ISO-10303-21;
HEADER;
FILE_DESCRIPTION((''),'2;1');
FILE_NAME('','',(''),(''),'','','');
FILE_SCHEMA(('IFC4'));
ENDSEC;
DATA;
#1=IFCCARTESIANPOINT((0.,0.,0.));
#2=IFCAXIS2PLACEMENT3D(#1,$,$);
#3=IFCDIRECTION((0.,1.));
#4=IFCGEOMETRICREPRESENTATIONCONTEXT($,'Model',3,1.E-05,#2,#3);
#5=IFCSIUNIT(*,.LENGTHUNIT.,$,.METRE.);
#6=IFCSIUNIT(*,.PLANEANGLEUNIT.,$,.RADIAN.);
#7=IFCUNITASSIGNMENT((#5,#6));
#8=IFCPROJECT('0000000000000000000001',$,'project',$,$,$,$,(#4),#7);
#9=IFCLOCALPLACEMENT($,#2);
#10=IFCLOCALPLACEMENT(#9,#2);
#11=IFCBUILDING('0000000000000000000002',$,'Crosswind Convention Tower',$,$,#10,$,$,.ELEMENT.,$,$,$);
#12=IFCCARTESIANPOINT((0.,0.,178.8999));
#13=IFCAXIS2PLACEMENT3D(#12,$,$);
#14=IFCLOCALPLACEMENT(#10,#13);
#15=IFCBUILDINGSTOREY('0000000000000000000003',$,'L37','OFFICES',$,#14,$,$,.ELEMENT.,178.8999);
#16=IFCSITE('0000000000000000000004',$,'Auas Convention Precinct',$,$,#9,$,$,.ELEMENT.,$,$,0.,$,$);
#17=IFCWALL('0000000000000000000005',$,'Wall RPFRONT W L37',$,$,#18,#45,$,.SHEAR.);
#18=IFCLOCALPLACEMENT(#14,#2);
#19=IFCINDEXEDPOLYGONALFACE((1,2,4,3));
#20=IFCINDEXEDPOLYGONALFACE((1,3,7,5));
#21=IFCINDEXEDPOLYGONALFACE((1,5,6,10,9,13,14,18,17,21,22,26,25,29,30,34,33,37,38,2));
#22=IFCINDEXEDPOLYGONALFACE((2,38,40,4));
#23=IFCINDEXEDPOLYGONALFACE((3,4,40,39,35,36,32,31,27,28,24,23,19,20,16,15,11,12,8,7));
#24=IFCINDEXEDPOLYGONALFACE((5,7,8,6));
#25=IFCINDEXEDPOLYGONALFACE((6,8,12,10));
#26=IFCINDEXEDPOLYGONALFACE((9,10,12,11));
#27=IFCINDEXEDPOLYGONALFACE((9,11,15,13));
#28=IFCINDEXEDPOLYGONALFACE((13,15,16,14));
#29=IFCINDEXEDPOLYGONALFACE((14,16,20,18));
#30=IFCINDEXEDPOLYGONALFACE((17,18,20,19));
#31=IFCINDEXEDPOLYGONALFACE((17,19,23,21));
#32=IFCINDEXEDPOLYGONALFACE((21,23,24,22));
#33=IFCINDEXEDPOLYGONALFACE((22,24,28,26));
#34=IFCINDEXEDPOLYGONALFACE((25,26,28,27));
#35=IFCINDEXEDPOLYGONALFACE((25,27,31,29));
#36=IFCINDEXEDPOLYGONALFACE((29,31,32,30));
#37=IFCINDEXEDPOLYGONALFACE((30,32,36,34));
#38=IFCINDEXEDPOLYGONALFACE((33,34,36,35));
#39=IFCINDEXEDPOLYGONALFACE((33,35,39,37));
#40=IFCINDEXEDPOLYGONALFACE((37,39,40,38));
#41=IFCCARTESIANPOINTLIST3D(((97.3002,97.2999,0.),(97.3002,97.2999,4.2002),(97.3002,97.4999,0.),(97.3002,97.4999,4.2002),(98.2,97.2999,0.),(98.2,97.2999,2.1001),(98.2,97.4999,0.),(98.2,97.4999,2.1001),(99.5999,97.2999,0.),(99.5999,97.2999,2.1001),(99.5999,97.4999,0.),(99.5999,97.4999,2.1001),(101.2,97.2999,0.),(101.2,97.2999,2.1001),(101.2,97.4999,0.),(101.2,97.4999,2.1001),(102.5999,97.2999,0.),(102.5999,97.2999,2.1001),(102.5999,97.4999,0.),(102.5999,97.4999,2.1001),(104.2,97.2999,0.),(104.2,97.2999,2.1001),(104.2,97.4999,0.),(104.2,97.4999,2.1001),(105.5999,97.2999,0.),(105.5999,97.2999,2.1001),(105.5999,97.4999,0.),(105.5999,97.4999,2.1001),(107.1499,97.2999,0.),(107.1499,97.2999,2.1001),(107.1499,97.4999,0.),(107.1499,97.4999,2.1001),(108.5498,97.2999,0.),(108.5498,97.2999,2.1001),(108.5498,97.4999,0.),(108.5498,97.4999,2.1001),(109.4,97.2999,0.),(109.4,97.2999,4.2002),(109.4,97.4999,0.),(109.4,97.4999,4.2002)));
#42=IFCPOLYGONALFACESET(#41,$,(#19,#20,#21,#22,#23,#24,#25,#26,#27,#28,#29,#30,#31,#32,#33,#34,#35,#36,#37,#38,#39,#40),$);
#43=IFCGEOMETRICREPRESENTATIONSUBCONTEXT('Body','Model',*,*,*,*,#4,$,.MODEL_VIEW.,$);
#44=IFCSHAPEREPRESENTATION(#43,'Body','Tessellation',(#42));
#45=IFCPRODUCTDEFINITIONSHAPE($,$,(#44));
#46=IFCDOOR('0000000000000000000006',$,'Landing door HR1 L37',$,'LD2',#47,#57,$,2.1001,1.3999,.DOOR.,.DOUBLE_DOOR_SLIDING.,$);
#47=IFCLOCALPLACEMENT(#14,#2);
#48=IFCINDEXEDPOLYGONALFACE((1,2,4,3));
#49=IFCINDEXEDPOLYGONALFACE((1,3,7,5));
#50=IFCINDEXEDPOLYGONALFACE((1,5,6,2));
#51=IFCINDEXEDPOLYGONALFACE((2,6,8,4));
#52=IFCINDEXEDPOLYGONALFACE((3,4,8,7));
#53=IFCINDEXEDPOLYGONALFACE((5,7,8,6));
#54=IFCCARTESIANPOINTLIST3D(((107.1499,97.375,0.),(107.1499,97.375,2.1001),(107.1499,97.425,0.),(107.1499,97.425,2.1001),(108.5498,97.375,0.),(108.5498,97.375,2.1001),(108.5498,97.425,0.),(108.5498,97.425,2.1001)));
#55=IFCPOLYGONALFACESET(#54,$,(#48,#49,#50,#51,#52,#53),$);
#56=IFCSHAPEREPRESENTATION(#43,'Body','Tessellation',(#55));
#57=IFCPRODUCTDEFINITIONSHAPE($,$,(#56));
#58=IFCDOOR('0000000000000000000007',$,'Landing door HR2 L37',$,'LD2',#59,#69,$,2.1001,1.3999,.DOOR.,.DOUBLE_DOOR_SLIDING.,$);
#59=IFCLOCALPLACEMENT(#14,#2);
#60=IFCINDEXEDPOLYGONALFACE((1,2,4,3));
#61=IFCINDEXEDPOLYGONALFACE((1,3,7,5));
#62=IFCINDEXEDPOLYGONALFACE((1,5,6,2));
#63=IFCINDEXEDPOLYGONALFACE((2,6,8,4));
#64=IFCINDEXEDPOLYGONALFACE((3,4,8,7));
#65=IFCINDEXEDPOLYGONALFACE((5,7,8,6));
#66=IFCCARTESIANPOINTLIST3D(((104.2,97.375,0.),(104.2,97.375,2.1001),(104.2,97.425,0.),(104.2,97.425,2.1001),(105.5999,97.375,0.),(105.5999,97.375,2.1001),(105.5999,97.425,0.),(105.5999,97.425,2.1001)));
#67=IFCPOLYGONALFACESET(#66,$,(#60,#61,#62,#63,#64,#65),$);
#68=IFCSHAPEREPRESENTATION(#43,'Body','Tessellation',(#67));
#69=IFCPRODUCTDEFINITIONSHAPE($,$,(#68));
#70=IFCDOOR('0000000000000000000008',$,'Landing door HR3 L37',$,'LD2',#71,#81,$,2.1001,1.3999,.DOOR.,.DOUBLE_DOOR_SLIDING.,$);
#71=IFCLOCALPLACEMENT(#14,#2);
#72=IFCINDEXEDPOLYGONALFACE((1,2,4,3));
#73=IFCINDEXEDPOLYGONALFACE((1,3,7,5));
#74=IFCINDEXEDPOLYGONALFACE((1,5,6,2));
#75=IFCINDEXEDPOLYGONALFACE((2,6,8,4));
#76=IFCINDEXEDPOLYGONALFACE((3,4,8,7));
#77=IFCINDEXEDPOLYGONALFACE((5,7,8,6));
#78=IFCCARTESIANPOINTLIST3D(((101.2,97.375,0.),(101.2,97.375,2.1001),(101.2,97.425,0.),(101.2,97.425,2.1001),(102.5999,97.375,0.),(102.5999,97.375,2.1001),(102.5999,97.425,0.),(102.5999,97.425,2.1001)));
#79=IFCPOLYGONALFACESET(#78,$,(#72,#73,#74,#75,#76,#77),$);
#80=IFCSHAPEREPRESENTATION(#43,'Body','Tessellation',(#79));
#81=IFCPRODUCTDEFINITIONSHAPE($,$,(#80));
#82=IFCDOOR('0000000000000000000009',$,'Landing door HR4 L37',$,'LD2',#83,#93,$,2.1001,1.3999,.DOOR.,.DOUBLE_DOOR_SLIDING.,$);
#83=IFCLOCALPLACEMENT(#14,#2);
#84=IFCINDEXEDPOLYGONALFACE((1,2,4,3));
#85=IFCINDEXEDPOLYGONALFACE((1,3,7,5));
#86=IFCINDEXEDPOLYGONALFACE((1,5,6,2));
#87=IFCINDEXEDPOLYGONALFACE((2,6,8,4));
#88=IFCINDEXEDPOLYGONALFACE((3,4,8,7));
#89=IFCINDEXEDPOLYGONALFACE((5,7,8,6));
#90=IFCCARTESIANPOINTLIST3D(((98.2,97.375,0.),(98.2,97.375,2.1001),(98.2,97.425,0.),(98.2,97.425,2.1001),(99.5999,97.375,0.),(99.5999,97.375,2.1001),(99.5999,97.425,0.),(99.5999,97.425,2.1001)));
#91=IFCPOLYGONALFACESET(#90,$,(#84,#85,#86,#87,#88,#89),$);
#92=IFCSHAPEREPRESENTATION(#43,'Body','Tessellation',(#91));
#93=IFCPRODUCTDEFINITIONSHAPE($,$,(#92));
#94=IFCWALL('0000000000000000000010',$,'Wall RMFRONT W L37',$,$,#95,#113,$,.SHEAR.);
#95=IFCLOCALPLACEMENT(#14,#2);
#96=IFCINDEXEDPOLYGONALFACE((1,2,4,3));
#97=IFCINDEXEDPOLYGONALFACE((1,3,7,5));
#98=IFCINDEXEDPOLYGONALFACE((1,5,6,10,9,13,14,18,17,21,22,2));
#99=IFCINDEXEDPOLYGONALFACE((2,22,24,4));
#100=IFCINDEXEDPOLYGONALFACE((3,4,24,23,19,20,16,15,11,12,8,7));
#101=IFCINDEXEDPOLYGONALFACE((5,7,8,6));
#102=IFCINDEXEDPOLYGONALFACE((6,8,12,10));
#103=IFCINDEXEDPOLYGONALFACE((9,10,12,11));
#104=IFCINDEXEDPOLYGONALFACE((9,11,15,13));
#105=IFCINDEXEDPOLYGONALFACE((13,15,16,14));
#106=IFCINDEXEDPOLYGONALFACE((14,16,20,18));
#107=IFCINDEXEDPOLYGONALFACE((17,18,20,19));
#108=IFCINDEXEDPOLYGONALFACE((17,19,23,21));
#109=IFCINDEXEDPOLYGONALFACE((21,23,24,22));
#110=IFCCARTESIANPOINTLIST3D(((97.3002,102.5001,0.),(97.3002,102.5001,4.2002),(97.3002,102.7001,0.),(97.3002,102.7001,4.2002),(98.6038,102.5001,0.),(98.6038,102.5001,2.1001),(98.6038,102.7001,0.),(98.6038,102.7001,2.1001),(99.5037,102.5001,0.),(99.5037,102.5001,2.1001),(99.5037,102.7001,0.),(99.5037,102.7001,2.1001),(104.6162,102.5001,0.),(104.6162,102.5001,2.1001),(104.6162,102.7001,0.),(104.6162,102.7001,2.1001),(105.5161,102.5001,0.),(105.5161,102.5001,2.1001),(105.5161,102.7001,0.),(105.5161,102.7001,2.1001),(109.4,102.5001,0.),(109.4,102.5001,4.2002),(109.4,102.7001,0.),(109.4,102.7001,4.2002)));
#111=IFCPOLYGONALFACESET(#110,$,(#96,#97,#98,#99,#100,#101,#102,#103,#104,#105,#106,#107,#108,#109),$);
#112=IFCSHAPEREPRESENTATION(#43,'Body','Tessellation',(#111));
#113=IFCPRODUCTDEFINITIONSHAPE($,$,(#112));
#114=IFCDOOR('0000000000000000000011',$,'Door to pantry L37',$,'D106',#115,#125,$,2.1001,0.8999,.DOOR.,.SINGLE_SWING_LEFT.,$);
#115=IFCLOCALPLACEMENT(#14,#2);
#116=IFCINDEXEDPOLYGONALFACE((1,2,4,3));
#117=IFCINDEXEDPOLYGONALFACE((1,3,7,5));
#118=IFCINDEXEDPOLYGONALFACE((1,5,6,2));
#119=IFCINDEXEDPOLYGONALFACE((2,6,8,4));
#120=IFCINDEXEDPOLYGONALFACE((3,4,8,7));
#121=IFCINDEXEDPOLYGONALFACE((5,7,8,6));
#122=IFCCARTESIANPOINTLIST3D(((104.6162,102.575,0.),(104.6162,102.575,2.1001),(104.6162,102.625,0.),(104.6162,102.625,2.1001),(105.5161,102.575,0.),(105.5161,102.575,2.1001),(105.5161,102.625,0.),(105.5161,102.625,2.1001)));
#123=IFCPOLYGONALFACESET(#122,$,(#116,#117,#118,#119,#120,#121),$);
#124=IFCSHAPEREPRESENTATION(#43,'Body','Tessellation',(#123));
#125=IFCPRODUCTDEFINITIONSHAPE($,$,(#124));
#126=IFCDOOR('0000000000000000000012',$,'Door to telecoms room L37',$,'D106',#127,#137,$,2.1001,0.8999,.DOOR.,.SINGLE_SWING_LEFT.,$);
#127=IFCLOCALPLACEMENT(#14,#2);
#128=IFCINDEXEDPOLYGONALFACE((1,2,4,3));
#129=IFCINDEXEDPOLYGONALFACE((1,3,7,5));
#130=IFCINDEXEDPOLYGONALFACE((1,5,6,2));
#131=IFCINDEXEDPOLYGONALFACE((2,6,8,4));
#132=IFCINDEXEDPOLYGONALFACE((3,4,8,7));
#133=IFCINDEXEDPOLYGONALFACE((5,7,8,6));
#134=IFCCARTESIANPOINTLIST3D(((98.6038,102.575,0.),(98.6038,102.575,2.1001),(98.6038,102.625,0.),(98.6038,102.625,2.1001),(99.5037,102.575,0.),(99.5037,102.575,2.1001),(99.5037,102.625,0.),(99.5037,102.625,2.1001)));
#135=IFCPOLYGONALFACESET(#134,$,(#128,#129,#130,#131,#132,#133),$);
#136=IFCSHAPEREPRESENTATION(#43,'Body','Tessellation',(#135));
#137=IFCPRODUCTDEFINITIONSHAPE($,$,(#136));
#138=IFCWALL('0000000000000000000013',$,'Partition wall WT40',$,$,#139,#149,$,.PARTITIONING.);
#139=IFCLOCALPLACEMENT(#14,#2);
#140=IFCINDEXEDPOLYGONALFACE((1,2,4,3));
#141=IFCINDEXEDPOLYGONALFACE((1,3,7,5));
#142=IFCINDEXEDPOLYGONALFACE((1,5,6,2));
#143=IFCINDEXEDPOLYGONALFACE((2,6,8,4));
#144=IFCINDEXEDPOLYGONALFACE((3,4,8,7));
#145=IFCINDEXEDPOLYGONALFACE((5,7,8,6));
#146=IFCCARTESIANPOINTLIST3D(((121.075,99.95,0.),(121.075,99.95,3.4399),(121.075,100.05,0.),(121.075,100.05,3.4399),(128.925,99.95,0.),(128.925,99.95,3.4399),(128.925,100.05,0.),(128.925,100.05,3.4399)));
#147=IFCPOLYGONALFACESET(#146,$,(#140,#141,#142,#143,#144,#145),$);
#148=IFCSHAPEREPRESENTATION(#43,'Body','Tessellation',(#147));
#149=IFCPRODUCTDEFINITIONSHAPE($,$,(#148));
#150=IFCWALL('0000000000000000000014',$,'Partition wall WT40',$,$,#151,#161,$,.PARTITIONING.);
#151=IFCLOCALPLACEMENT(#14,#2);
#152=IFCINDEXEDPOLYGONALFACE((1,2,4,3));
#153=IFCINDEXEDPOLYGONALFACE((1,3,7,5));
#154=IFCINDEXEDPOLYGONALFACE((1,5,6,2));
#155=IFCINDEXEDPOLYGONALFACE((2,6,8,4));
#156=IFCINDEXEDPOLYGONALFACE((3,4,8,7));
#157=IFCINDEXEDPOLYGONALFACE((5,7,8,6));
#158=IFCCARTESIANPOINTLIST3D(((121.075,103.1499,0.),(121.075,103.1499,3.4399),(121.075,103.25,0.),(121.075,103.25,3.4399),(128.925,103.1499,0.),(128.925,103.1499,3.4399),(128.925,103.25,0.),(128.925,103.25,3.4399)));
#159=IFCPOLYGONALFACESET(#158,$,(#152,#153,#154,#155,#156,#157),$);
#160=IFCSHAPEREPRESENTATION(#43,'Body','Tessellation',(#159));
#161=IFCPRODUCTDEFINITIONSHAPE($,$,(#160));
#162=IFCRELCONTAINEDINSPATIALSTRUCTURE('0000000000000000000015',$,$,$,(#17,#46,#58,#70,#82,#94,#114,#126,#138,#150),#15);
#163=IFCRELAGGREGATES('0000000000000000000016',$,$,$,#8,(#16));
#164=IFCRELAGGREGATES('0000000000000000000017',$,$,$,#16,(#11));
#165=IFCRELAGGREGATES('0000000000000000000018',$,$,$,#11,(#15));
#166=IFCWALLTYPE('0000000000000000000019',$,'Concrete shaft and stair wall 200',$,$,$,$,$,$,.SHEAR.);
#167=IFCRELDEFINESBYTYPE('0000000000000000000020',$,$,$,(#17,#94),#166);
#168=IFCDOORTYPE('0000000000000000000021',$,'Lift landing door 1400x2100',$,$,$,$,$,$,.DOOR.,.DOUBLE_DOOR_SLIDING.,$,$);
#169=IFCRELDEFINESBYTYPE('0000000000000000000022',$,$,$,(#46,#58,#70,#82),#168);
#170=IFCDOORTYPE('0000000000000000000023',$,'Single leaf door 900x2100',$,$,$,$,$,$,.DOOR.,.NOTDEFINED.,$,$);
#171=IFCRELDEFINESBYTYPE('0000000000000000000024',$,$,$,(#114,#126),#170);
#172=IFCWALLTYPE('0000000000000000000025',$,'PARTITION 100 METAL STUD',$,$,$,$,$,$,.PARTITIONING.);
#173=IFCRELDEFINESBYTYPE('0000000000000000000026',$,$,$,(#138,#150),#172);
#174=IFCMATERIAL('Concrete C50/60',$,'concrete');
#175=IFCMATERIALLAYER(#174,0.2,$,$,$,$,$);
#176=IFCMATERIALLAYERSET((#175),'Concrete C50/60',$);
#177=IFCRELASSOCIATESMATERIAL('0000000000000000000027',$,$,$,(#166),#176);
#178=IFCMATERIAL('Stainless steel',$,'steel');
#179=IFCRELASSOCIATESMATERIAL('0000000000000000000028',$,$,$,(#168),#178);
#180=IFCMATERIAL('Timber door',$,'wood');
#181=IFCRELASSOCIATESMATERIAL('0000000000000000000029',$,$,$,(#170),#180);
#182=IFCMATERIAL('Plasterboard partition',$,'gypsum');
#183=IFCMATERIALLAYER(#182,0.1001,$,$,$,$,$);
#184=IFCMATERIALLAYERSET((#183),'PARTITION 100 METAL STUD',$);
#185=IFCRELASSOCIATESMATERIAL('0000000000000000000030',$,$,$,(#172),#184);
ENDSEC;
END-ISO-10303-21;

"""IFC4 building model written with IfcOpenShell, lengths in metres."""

from ifc_helpers import new_model, si_unit, direction, frame, frame_2d, origin, place, context, subcontext, project, spatial, rectangle, extrude, material, layer, layer_set, type_object, element, fill, save


model = new_model("IFC4")

# Units and contexts
model_context = context("Model", 3, precision=1e-05, world=origin(), true_north=direction((0.0, 1.0)))
body_context = subcontext(model_context, "Body", "Model", "MODEL_VIEW")
ifc_project = project(units=[si_unit("LENGTHUNIT", "METRE"), si_unit("PLANEANGLEUNIT", "RADIAN")], contexts=[model_context])

# Site, building, storey
site_placement = place(None, origin())
site = spatial("IfcSite", under=ifc_project, at=site_placement, Name="Auas Convention Precinct", CompositionType="ELEMENT", RefElevation=0.0)
building_placement = place(site_placement, origin())
building = spatial("IfcBuilding", under=site, at=building_placement, Name="Crosswind Convention Tower", CompositionType="ELEMENT")
storey_placement = place(building_placement, frame((0.0, 0.0, 178.8999)))
storey = spatial("IfcBuildingStorey", under=building, at=storey_placement, Name="L37", Description="OFFICES", CompositionType="ELEMENT", Elevation=178.8999)

# Walls, openings, doors
ifc_material_1 = material(Name="Concrete C50/60", Category="concrete")
ifc_layer_1 = layer(ifc_material_1, 0.2)
ifc_layer_set_1 = layer_set([ifc_layer_1], Name="Concrete C50/60")
wall_type_1 = type_object("IfcWallType", Name="Concrete shaft and stair wall 200", PredefinedType="SHEAR", material=ifc_layer_set_1)
wall_1_placement = place(storey_placement, frame((109.3999, 97.3999, 0.0), z_axis=(0.0, 0.0, 1.0), x_axis=(-1.0, 0.0, 0.0)))
wall_1 = element("IfcWall", 1, at=wall_1_placement, inside=storey, type_object=wall_type_1, Name="Wall RPFRONT W L37", PredefinedType="SHEAR", context=body_context, shape_type="SweptSolid", body=[
    extrude(rectangle(XDim=12.0999, YDim=0.2, at=frame_2d((6.0498, 0.0))), origin(), (0.0, 0.0, 1.0), 4.2002),
])
opening_1_placement = place(wall_1_placement, frame((0.8501, 0.0, 0.0)))
opening_1 = element("IfcOpeningElement", 2, at=opening_1_placement, cuts=wall_1, PredefinedType="OPENING", context=body_context, shape_type="SweptSolid", body=[
    extrude(rectangle(XDim=1.3999, YDim=2.1001, at=frame_2d((0.7, 1.05))), frame((0.0, 0.1099, 0.0), z_axis=(0.0, -1.0, 0.0), x_axis=(1.0, 0.0, 0.0)), (0.0, 0.0, 1.0), 0.22),
])
opening_2_placement = place(wall_1_placement, frame((3.8, 0.0, 0.0)))
opening_2 = element("IfcOpeningElement", 3, at=opening_2_placement, cuts=wall_1, PredefinedType="OPENING", context=body_context, shape_type="SweptSolid", body=[
    extrude(rectangle(XDim=1.3999, YDim=2.1001, at=frame_2d((0.7, 1.05))), frame((0.0, 0.1099, 0.0), z_axis=(0.0, -1.0, 0.0), x_axis=(1.0, 0.0, 0.0)), (0.0, 0.0, 1.0), 0.22),
])
opening_3_placement = place(wall_1_placement, frame((6.8, 0.0, 0.0)))
opening_3 = element("IfcOpeningElement", 4, at=opening_3_placement, cuts=wall_1, PredefinedType="OPENING", context=body_context, shape_type="SweptSolid", body=[
    extrude(rectangle(XDim=1.3999, YDim=2.1001, at=frame_2d((0.7, 1.05))), frame((0.0, 0.1099, 0.0), z_axis=(0.0, -1.0, 0.0), x_axis=(1.0, 0.0, 0.0)), (0.0, 0.0, 1.0), 0.22),
])
opening_4_placement = place(wall_1_placement, frame((9.8, 0.0, 0.0)))
opening_4 = element("IfcOpeningElement", 5, at=opening_4_placement, cuts=wall_1, PredefinedType="OPENING", context=body_context, shape_type="SweptSolid", body=[
    extrude(rectangle(XDim=1.3999, YDim=2.1001, at=frame_2d((0.7, 1.05))), frame((0.0, 0.1099, 0.0), z_axis=(0.0, -1.0, 0.0), x_axis=(1.0, 0.0, 0.0)), (0.0, 0.0, 1.0), 0.22),
])
ifc_material_2 = material(Name="Stainless steel", Category="steel")
door_type_1 = type_object("IfcDoorType", Name="Lift landing door 1400x2100", OperationType="DOUBLE_DOOR_SLIDING", PredefinedType="DOOR", material=ifc_material_2)
door_1_placement = place(opening_1_placement, origin())
door_1 = element("IfcDoor", 6, at=door_1_placement, inside=storey, type_object=door_type_1, Name="Landing door HR1 L37", ObjectType="LD2", OperationType="DOUBLE_DOOR_SLIDING", OverallHeight=2.1001, OverallWidth=1.3999, PredefinedType="DOOR", context=body_context, shape_type="SweptSolid", body=[
    extrude(rectangle(XDim=1.3999, YDim=2.1001, at=frame_2d((0.7, 1.05))), frame((0.0, 0.0249, 0.0), z_axis=(0.0, -1.0, 0.0), x_axis=(1.0, 0.0, 0.0)), (0.0, 0.0, 1.0), 0.05),
])
fill(opening_1, door_1)
door_2_placement = place(opening_2_placement, origin())
door_2 = element("IfcDoor", 7, at=door_2_placement, inside=storey, type_object=door_type_1, Name="Landing door HR2 L37", ObjectType="LD2", OperationType="DOUBLE_DOOR_SLIDING", OverallHeight=2.1001, OverallWidth=1.3999, PredefinedType="DOOR", context=body_context, shape_type="SweptSolid", body=[
    extrude(rectangle(XDim=1.3999, YDim=2.1001, at=frame_2d((0.7, 1.05))), frame((0.0, 0.0249, 0.0), z_axis=(0.0, -1.0, 0.0), x_axis=(1.0, 0.0, 0.0)), (0.0, 0.0, 1.0), 0.05),
])
fill(opening_2, door_2)
door_3_placement = place(opening_3_placement, origin())
door_3 = element("IfcDoor", 8, at=door_3_placement, inside=storey, type_object=door_type_1, Name="Landing door HR3 L37", ObjectType="LD2", OperationType="DOUBLE_DOOR_SLIDING", OverallHeight=2.1001, OverallWidth=1.3999, PredefinedType="DOOR", context=body_context, shape_type="SweptSolid", body=[
    extrude(rectangle(XDim=1.3999, YDim=2.1001, at=frame_2d((0.7, 1.05))), frame((0.0, 0.0249, 0.0), z_axis=(0.0, -1.0, 0.0), x_axis=(1.0, 0.0, 0.0)), (0.0, 0.0, 1.0), 0.05),
])
fill(opening_3, door_3)
door_4_placement = place(opening_4_placement, origin())
door_4 = element("IfcDoor", 9, at=door_4_placement, inside=storey, type_object=door_type_1, Name="Landing door HR4 L37", ObjectType="LD2", OperationType="DOUBLE_DOOR_SLIDING", OverallHeight=2.1001, OverallWidth=1.3999, PredefinedType="DOOR", context=body_context, shape_type="SweptSolid", body=[
    extrude(rectangle(XDim=1.3999, YDim=2.1001, at=frame_2d((0.7, 1.05))), frame((0.0, 0.0249, 0.0), z_axis=(0.0, -1.0, 0.0), x_axis=(1.0, 0.0, 0.0)), (0.0, 0.0, 1.0), 0.05),
])
fill(opening_4, door_4)
wall_2_placement = place(storey_placement, frame((109.3999, 102.6001, 0.0), z_axis=(0.0, 0.0, 1.0), x_axis=(-1.0, 0.0, 0.0)))
wall_2 = element("IfcWall", 10, at=wall_2_placement, inside=storey, type_object=wall_type_1, Name="Wall RMFRONT W L37", PredefinedType="SHEAR", context=body_context, shape_type="SweptSolid", body=[
    extrude(rectangle(XDim=12.0999, YDim=0.2, at=frame_2d((6.0498, 0.0))), origin(), (0.0, 0.0, 1.0), 4.2002),
])
opening_5_placement = place(wall_2_placement, frame((3.8838, 0.0, 0.0)))
opening_5 = element("IfcOpeningElement", 11, at=opening_5_placement, cuts=wall_2, PredefinedType="OPENING", context=body_context, shape_type="SweptSolid", body=[
    extrude(rectangle(XDim=0.8999, YDim=2.1001, at=frame_2d((0.45, 1.05))), frame((0.0, 0.1099, 0.0), z_axis=(0.0, -1.0, 0.0), x_axis=(1.0, 0.0, 0.0)), (0.0, 0.0, 1.0), 0.22),
])
opening_6_placement = place(wall_2_placement, frame((9.8962, 0.0, 0.0)))
opening_6 = element("IfcOpeningElement", 12, at=opening_6_placement, cuts=wall_2, PredefinedType="OPENING", context=body_context, shape_type="SweptSolid", body=[
    extrude(rectangle(XDim=0.8999, YDim=2.1001, at=frame_2d((0.45, 1.05))), frame((0.0, 0.1099, 0.0), z_axis=(0.0, -1.0, 0.0), x_axis=(1.0, 0.0, 0.0)), (0.0, 0.0, 1.0), 0.22),
])
ifc_material_3 = material(Name="Timber door", Category="wood")
door_type_2 = type_object("IfcDoorType", Name="Single leaf door 900x2100", OperationType="NOTDEFINED", PredefinedType="DOOR", material=ifc_material_3)
door_5_placement = place(opening_5_placement, frame((0.8999, 0.0, 0.0), z_axis=(0.0, 0.0, 1.0), x_axis=(-1.0, 0.0, 0.0)))
door_5 = element("IfcDoor", 13, at=door_5_placement, inside=storey, type_object=door_type_2, Name="Door to pantry L37", ObjectType="D106", OperationType="SINGLE_SWING_LEFT", OverallHeight=2.1001, OverallWidth=0.8999, PredefinedType="DOOR", context=body_context, shape_type="SweptSolid", body=[
    extrude(rectangle(XDim=0.8999, YDim=2.1001, at=frame_2d((0.45, 1.05))), frame((0.0, 0.0249, 0.0), z_axis=(0.0, -1.0, 0.0), x_axis=(1.0, 0.0, 0.0)), (0.0, 0.0, 1.0), 0.05),
])
fill(opening_5, door_5)
door_6_placement = place(opening_6_placement, frame((0.8999, 0.0, 0.0), z_axis=(0.0, 0.0, 1.0), x_axis=(-1.0, 0.0, 0.0)))
door_6 = element("IfcDoor", 14, at=door_6_placement, inside=storey, type_object=door_type_2, Name="Door to telecoms room L37", ObjectType="D106", OperationType="SINGLE_SWING_LEFT", OverallHeight=2.1001, OverallWidth=0.8999, PredefinedType="DOOR", context=body_context, shape_type="SweptSolid", body=[
    extrude(rectangle(XDim=0.8999, YDim=2.1001, at=frame_2d((0.45, 1.05))), frame((0.0, 0.0249, 0.0), z_axis=(0.0, -1.0, 0.0), x_axis=(1.0, 0.0, 0.0)), (0.0, 0.0, 1.0), 0.05),
])
fill(opening_6, door_6)

# Walls
ifc_material_4 = material(Name="Plasterboard partition", Category="gypsum")
ifc_layer_2 = layer(ifc_material_4, 0.1001)
ifc_layer_set_2 = layer_set([ifc_layer_2], Name="PARTITION 100 METAL STUD")
wall_type_2 = type_object("IfcWallType", Name="PARTITION 100 METAL STUD", PredefinedType="PARTITIONING", material=ifc_layer_set_2)
for number, where, z_axis, x_axis, name in (
    (15, (121.075, 100.0, 0.0), (0.0, 0.0, 1.0), (1.0, 0.0, 0.0), "Partition wall WT40"),
    (16, (121.075, 103.2, 0.0), (0.0, 0.0, 1.0), (1.0, 0.0, 0.0), "Partition wall WT40"),
):
    element("IfcWall", number, at=place(storey_placement, frame(where, z_axis=z_axis, x_axis=x_axis)), inside=storey, type_object=wall_type_2, Name=name, PredefinedType="PARTITIONING", context=body_context, shape_type="SweptSolid", body=[
        extrude(rectangle(XDim=7.8501, YDim=0.1001, at=frame_2d((3.925, 0.0))), origin(), (0.0, 0.0, 1.0), 3.4399),
    ])

save(model, "model.ifc")
